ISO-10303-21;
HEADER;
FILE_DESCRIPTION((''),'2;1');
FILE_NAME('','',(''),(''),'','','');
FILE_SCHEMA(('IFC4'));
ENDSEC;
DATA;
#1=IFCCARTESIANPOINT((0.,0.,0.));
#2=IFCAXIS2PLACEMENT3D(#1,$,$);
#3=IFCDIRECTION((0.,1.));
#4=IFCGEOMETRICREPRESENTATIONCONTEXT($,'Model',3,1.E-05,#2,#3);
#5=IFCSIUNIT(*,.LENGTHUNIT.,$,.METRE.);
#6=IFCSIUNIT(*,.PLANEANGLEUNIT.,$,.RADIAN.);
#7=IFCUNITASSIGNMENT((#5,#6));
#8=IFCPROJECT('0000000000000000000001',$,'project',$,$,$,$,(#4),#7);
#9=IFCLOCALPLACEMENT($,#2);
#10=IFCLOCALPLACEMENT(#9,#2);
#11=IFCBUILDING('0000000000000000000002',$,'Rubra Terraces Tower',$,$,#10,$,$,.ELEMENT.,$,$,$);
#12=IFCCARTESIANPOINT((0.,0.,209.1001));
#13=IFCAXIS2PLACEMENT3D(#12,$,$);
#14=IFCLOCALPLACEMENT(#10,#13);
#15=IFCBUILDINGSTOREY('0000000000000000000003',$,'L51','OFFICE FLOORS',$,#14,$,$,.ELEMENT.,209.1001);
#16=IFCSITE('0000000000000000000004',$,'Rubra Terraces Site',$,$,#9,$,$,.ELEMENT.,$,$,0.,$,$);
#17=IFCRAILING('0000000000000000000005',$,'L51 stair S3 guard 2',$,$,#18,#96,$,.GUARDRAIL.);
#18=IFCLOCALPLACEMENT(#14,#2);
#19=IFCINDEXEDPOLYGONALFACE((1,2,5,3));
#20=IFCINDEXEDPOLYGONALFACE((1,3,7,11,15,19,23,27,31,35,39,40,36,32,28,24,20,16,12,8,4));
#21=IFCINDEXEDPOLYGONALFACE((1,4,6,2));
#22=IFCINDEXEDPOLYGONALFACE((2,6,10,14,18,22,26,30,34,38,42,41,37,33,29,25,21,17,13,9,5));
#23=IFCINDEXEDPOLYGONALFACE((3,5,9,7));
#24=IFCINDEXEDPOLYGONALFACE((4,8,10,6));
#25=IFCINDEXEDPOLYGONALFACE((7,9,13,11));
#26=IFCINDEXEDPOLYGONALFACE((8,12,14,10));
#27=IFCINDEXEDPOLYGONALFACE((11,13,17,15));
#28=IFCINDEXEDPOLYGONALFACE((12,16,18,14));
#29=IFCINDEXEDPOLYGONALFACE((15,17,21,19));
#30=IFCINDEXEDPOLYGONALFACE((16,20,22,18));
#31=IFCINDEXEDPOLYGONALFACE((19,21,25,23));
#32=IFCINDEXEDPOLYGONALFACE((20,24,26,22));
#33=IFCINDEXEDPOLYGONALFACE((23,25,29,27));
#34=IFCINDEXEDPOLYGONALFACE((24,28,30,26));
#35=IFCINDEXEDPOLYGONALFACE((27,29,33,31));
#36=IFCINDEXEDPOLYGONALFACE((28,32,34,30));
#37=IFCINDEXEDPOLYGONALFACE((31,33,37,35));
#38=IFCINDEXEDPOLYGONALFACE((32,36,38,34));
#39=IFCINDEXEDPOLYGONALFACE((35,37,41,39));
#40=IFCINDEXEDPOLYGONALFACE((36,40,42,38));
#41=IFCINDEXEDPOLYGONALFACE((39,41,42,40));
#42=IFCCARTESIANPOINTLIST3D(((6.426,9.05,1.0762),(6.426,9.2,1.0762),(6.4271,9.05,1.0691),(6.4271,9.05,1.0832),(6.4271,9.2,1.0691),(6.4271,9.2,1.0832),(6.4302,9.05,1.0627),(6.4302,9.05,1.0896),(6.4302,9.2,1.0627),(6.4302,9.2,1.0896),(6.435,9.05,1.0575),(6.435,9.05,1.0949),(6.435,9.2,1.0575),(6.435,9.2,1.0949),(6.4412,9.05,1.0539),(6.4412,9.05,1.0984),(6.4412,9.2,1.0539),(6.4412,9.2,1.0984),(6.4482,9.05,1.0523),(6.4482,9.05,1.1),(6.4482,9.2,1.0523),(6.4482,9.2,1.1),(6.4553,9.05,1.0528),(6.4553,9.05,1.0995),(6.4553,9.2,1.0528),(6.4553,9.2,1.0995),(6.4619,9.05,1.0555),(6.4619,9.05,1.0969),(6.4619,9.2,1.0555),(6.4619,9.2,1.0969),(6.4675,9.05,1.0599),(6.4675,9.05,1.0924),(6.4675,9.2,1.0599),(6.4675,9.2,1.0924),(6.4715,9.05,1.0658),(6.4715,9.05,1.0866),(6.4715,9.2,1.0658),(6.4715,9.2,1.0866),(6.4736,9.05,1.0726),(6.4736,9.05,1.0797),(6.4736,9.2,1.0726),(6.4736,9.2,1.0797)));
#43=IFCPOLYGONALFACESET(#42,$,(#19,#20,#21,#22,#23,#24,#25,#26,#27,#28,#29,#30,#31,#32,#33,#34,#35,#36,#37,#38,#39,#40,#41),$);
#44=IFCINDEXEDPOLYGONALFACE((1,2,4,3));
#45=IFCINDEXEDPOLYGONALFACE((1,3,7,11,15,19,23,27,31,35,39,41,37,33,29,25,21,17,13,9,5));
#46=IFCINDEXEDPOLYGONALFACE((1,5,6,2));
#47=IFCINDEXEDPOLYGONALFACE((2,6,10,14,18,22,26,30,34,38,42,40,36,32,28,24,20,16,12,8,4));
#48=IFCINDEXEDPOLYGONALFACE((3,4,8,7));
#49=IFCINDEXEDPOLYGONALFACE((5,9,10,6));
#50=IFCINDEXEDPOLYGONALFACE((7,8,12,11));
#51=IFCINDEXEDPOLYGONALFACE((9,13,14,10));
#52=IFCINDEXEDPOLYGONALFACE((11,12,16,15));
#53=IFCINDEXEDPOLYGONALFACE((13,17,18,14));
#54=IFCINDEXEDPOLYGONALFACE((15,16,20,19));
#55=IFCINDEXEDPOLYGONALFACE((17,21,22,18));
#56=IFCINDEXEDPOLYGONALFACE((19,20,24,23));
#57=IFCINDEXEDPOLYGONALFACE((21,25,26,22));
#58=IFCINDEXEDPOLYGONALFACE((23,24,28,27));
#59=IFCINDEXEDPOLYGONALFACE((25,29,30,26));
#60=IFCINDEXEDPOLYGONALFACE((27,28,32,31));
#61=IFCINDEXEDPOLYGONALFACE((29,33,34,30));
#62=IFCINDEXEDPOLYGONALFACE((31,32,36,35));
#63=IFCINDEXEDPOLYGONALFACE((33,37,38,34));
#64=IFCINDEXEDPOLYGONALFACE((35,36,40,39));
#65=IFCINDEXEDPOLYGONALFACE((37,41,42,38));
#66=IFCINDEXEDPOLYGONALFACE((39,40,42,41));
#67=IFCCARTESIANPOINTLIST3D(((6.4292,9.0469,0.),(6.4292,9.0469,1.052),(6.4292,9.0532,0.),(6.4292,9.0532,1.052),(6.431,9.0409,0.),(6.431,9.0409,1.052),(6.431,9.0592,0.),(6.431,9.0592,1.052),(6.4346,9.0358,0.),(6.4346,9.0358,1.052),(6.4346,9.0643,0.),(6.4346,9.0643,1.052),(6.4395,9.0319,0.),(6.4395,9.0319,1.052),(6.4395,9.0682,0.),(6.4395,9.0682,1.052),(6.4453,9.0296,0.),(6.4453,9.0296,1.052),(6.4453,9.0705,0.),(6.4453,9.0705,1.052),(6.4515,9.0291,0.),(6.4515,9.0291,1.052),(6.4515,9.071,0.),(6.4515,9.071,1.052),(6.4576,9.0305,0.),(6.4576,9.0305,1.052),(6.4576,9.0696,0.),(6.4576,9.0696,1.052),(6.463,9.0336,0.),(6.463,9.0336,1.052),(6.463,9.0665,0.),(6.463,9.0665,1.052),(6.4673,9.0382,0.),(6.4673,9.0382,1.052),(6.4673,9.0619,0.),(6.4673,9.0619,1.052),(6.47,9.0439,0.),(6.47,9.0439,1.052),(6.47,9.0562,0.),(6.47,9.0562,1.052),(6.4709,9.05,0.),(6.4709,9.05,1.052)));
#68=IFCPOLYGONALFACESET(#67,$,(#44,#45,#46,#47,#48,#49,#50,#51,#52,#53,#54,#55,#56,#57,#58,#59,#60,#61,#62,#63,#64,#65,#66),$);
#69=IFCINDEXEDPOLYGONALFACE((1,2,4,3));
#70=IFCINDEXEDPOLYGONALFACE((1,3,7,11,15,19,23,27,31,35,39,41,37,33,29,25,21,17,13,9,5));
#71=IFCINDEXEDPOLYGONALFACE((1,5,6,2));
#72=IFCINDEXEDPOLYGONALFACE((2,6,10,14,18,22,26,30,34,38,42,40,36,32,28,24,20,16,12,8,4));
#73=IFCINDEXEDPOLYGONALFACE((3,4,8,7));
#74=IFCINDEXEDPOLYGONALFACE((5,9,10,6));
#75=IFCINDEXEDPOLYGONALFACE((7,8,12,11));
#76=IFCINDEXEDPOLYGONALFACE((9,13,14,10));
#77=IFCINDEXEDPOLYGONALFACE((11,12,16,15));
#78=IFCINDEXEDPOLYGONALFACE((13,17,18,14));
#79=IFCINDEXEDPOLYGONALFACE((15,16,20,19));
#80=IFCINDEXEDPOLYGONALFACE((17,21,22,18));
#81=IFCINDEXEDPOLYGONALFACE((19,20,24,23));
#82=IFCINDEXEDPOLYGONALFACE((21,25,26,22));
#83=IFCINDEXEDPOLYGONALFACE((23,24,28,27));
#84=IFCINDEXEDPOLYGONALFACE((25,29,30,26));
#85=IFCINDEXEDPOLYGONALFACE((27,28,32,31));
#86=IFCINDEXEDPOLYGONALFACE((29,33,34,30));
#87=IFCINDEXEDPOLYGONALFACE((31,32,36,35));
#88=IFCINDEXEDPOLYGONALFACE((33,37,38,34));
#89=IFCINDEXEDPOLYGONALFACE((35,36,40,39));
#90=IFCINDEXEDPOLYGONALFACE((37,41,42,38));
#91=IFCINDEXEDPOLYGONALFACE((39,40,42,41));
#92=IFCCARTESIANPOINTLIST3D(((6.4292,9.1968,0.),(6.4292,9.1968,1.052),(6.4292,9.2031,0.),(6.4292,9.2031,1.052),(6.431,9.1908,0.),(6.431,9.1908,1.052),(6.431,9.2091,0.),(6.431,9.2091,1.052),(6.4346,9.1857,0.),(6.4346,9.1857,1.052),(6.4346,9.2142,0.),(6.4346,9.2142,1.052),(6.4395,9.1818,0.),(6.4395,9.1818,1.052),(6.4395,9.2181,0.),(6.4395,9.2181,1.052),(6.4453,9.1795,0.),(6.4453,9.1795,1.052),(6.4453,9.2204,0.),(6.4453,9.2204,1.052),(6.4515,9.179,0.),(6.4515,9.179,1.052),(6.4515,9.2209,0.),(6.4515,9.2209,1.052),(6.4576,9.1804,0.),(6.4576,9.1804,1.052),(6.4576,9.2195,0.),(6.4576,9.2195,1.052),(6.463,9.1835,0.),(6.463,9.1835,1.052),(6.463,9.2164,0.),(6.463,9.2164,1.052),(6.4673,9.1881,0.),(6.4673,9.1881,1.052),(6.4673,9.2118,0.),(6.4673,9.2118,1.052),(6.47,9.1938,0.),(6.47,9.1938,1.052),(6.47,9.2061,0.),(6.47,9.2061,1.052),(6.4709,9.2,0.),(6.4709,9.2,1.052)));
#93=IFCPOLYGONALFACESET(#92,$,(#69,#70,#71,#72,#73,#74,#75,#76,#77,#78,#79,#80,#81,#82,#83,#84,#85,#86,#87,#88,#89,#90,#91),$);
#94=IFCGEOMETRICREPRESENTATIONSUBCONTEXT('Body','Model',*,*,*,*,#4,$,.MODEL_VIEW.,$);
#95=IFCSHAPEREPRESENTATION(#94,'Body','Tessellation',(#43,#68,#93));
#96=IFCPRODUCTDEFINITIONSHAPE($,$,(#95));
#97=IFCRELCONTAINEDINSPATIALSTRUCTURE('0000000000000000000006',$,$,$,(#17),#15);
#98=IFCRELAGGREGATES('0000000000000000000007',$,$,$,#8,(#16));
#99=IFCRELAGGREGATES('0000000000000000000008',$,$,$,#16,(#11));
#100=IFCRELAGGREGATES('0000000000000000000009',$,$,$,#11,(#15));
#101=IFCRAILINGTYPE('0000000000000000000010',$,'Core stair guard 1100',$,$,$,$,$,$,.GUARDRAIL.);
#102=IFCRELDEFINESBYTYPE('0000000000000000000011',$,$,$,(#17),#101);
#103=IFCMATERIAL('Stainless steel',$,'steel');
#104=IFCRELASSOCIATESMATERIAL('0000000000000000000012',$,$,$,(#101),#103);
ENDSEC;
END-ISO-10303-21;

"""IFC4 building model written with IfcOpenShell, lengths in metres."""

from ifc_helpers import new_model, si_unit, direction, frame, origin, origin_2d, place, context, subcontext, project, spatial, circle, extrude, material, type_object, element, save


model = new_model("IFC4")

# Units and contexts
model_context = context("Model", 3, precision=1e-05, world=origin(), true_north=direction((0.0, 1.0)))
body_context = subcontext(model_context, "Body", "Model", "MODEL_VIEW")
ifc_project = project(units=[si_unit("LENGTHUNIT", "METRE"), si_unit("PLANEANGLEUNIT", "RADIAN")], contexts=[model_context])

# Site, building, storey
site_placement = place(None, origin())
site = spatial("IfcSite", under=ifc_project, at=site_placement, Name="Rubra Terraces Site", CompositionType="ELEMENT", RefElevation=0.0)
building_placement = place(site_placement, origin())
building = spatial("IfcBuilding", under=site, at=building_placement, Name="Rubra Terraces Tower", CompositionType="ELEMENT")
storey_placement = place(building_placement, frame((0.0, 0.0, 209.1001)))
storey = spatial("IfcBuildingStorey", under=building, at=storey_placement, Name="L51", Description="OFFICE FLOORS", CompositionType="ELEMENT", Elevation=209.1001)

# Shared definitions
ifc_material_1 = material(Name="Stainless steel", Category="steel")

# Railing
railing_type_1 = type_object("IfcRailingType", Name="Core stair guard 1100", PredefinedType="GUARDRAIL", material=ifc_material_1)
railing_1_placement = place(storey_placement, frame((6.45, 9.05, 0.0)))
element("IfcRailing", 1, at=railing_1_placement, inside=storey, type_object=railing_type_1, Name="L51 stair S3 guard 2", PredefinedType="GUARDRAIL", context=body_context, shape_type="SweptSolid", body=[
    extrude(circle(Radius=0.0239, at=origin_2d()), frame((0.0, 0.0, 1.0762), z_axis=(0.0, 1.0, 0.0), x_axis=(-1.0, 0.0, 0.0)), (0.0, 0.0, 1.0), 0.1499),
    extrude(circle(Radius=0.021, at=origin_2d()), origin(), (0.0, 0.0, 1.0), 1.052),
    extrude(circle(Radius=0.021, at=origin_2d()), frame((0.0, 0.1499, 0.0)), (0.0, 0.0, 1.0), 1.052),
])

save(model, "model.ifc")
